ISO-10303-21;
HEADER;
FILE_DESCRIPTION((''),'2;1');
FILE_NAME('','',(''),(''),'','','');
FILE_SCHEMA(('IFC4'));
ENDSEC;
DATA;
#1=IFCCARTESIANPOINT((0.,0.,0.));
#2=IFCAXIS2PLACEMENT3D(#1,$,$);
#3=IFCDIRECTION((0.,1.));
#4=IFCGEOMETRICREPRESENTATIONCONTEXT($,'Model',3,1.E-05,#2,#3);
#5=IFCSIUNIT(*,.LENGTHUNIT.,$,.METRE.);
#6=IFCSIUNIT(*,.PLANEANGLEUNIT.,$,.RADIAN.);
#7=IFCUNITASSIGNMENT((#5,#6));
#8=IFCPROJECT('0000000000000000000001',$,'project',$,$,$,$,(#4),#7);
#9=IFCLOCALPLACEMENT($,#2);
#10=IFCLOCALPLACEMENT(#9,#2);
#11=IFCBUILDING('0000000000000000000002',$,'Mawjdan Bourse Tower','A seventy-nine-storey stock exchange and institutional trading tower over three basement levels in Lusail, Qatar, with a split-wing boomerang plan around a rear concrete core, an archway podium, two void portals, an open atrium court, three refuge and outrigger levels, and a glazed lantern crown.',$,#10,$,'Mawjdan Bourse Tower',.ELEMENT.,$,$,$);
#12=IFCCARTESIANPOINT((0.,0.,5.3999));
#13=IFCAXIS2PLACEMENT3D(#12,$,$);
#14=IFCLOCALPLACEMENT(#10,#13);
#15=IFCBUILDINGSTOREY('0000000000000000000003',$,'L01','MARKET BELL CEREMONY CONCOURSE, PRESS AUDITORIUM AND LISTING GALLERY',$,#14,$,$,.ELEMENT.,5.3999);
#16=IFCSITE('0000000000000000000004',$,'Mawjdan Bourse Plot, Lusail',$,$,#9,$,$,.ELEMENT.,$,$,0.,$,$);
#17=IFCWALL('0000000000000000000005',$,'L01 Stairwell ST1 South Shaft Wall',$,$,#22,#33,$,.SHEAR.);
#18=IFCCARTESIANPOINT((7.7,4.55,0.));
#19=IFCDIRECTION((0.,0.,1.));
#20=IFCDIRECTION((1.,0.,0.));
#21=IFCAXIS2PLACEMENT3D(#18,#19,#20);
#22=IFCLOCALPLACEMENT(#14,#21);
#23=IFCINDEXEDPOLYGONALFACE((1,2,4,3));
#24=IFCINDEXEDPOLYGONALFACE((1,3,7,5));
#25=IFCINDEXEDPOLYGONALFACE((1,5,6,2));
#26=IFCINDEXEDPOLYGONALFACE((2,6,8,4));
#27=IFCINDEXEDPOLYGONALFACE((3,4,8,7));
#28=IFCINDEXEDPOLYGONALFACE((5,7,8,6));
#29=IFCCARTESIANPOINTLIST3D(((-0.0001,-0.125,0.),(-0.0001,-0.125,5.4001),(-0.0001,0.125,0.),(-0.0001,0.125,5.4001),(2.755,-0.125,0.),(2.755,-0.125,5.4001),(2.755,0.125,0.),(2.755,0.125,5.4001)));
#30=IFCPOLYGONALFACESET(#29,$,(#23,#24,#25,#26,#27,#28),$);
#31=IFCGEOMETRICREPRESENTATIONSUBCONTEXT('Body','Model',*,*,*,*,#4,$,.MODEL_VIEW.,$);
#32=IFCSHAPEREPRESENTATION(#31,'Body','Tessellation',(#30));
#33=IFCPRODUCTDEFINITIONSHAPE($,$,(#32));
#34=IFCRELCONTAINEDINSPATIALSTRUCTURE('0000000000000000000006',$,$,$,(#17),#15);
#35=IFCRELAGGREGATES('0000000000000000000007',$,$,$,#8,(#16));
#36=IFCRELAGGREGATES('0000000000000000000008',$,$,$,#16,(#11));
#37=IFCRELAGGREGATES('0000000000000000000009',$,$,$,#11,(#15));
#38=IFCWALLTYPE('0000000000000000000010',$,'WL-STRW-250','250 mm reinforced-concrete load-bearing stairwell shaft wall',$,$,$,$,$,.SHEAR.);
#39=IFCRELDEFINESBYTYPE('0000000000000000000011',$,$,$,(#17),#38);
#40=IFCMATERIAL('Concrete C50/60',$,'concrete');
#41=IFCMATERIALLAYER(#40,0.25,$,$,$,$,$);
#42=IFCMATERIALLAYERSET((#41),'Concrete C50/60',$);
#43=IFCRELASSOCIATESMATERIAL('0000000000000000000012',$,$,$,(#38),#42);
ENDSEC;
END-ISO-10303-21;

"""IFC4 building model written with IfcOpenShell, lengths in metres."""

from ifc_helpers import new_model, si_unit, direction, frame, frame_2d, origin, place, context, subcontext, project, spatial, rectangle, extrude, material, layer, layer_set, type_object, element, save


model = new_model("IFC4")

# Units and contexts
model_context = context("Model", 3, precision=1e-05, world=origin(), true_north=direction((0.0, 1.0)))
body_context = subcontext(model_context, "Body", "Model", "MODEL_VIEW")
ifc_project = project(units=[si_unit("LENGTHUNIT", "METRE"), si_unit("PLANEANGLEUNIT", "RADIAN")], contexts=[model_context])

# Site, building, storey
site_placement = place(None, origin())
site = spatial("IfcSite", under=ifc_project, at=site_placement, Name="Mawjdan Bourse Plot, Lusail", CompositionType="ELEMENT", RefElevation=0.0)
building_placement = place(site_placement, origin())
building = spatial("IfcBuilding", under=site, at=building_placement, Name="Mawjdan Bourse Tower", Description="A seventy-nine-storey stock exchange and institutional trading tower over three basement levels in Lusail, Qatar, with a split-wing boomerang plan around a rear concrete core, an archway podium, two void portals, an open atrium court, three refuge and outrigger levels, and a glazed lantern crown.", LongName="Mawjdan Bourse Tower", CompositionType="ELEMENT")
storey_placement = place(building_placement, frame((0.0, 0.0, 5.3999)))
storey = spatial("IfcBuildingStorey", under=building, at=storey_placement, Name="L01", Description="MARKET BELL CEREMONY CONCOURSE, PRESS AUDITORIUM AND LISTING GALLERY", CompositionType="ELEMENT", Elevation=5.3999)

# Shared definitions
ifc_material_1 = material(Name="Concrete C50/60", Category="concrete")

# Wall
ifc_layer_1 = layer(ifc_material_1, 0.25)
ifc_layer_set_1 = layer_set([ifc_layer_1], Name="Concrete C50/60")
wall_type_1 = type_object("IfcWallType", Name="WL-STRW-250", Description="250 mm reinforced-concrete load-bearing stairwell shaft wall", PredefinedType="SHEAR", material=ifc_layer_set_1)
wall_1_placement = place(storey_placement, frame((7.7, 4.55, 0.0), z_axis=(0.0, 0.0, 1.0), x_axis=(1.0, 0.0, 0.0)))
element("IfcWall", 1, at=wall_1_placement, inside=storey, type_object=wall_type_1, Name="L01 Stairwell ST1 South Shaft Wall", PredefinedType="SHEAR", context=body_context, shape_type="SweptSolid", body=[
    extrude(rectangle(XDim=2.7551, YDim=0.25, at=frame_2d((1.3774, 0.0))), origin(), (0.0, 0.0, 1.0), 5.4001),
])

save(model, "model.ifc")
